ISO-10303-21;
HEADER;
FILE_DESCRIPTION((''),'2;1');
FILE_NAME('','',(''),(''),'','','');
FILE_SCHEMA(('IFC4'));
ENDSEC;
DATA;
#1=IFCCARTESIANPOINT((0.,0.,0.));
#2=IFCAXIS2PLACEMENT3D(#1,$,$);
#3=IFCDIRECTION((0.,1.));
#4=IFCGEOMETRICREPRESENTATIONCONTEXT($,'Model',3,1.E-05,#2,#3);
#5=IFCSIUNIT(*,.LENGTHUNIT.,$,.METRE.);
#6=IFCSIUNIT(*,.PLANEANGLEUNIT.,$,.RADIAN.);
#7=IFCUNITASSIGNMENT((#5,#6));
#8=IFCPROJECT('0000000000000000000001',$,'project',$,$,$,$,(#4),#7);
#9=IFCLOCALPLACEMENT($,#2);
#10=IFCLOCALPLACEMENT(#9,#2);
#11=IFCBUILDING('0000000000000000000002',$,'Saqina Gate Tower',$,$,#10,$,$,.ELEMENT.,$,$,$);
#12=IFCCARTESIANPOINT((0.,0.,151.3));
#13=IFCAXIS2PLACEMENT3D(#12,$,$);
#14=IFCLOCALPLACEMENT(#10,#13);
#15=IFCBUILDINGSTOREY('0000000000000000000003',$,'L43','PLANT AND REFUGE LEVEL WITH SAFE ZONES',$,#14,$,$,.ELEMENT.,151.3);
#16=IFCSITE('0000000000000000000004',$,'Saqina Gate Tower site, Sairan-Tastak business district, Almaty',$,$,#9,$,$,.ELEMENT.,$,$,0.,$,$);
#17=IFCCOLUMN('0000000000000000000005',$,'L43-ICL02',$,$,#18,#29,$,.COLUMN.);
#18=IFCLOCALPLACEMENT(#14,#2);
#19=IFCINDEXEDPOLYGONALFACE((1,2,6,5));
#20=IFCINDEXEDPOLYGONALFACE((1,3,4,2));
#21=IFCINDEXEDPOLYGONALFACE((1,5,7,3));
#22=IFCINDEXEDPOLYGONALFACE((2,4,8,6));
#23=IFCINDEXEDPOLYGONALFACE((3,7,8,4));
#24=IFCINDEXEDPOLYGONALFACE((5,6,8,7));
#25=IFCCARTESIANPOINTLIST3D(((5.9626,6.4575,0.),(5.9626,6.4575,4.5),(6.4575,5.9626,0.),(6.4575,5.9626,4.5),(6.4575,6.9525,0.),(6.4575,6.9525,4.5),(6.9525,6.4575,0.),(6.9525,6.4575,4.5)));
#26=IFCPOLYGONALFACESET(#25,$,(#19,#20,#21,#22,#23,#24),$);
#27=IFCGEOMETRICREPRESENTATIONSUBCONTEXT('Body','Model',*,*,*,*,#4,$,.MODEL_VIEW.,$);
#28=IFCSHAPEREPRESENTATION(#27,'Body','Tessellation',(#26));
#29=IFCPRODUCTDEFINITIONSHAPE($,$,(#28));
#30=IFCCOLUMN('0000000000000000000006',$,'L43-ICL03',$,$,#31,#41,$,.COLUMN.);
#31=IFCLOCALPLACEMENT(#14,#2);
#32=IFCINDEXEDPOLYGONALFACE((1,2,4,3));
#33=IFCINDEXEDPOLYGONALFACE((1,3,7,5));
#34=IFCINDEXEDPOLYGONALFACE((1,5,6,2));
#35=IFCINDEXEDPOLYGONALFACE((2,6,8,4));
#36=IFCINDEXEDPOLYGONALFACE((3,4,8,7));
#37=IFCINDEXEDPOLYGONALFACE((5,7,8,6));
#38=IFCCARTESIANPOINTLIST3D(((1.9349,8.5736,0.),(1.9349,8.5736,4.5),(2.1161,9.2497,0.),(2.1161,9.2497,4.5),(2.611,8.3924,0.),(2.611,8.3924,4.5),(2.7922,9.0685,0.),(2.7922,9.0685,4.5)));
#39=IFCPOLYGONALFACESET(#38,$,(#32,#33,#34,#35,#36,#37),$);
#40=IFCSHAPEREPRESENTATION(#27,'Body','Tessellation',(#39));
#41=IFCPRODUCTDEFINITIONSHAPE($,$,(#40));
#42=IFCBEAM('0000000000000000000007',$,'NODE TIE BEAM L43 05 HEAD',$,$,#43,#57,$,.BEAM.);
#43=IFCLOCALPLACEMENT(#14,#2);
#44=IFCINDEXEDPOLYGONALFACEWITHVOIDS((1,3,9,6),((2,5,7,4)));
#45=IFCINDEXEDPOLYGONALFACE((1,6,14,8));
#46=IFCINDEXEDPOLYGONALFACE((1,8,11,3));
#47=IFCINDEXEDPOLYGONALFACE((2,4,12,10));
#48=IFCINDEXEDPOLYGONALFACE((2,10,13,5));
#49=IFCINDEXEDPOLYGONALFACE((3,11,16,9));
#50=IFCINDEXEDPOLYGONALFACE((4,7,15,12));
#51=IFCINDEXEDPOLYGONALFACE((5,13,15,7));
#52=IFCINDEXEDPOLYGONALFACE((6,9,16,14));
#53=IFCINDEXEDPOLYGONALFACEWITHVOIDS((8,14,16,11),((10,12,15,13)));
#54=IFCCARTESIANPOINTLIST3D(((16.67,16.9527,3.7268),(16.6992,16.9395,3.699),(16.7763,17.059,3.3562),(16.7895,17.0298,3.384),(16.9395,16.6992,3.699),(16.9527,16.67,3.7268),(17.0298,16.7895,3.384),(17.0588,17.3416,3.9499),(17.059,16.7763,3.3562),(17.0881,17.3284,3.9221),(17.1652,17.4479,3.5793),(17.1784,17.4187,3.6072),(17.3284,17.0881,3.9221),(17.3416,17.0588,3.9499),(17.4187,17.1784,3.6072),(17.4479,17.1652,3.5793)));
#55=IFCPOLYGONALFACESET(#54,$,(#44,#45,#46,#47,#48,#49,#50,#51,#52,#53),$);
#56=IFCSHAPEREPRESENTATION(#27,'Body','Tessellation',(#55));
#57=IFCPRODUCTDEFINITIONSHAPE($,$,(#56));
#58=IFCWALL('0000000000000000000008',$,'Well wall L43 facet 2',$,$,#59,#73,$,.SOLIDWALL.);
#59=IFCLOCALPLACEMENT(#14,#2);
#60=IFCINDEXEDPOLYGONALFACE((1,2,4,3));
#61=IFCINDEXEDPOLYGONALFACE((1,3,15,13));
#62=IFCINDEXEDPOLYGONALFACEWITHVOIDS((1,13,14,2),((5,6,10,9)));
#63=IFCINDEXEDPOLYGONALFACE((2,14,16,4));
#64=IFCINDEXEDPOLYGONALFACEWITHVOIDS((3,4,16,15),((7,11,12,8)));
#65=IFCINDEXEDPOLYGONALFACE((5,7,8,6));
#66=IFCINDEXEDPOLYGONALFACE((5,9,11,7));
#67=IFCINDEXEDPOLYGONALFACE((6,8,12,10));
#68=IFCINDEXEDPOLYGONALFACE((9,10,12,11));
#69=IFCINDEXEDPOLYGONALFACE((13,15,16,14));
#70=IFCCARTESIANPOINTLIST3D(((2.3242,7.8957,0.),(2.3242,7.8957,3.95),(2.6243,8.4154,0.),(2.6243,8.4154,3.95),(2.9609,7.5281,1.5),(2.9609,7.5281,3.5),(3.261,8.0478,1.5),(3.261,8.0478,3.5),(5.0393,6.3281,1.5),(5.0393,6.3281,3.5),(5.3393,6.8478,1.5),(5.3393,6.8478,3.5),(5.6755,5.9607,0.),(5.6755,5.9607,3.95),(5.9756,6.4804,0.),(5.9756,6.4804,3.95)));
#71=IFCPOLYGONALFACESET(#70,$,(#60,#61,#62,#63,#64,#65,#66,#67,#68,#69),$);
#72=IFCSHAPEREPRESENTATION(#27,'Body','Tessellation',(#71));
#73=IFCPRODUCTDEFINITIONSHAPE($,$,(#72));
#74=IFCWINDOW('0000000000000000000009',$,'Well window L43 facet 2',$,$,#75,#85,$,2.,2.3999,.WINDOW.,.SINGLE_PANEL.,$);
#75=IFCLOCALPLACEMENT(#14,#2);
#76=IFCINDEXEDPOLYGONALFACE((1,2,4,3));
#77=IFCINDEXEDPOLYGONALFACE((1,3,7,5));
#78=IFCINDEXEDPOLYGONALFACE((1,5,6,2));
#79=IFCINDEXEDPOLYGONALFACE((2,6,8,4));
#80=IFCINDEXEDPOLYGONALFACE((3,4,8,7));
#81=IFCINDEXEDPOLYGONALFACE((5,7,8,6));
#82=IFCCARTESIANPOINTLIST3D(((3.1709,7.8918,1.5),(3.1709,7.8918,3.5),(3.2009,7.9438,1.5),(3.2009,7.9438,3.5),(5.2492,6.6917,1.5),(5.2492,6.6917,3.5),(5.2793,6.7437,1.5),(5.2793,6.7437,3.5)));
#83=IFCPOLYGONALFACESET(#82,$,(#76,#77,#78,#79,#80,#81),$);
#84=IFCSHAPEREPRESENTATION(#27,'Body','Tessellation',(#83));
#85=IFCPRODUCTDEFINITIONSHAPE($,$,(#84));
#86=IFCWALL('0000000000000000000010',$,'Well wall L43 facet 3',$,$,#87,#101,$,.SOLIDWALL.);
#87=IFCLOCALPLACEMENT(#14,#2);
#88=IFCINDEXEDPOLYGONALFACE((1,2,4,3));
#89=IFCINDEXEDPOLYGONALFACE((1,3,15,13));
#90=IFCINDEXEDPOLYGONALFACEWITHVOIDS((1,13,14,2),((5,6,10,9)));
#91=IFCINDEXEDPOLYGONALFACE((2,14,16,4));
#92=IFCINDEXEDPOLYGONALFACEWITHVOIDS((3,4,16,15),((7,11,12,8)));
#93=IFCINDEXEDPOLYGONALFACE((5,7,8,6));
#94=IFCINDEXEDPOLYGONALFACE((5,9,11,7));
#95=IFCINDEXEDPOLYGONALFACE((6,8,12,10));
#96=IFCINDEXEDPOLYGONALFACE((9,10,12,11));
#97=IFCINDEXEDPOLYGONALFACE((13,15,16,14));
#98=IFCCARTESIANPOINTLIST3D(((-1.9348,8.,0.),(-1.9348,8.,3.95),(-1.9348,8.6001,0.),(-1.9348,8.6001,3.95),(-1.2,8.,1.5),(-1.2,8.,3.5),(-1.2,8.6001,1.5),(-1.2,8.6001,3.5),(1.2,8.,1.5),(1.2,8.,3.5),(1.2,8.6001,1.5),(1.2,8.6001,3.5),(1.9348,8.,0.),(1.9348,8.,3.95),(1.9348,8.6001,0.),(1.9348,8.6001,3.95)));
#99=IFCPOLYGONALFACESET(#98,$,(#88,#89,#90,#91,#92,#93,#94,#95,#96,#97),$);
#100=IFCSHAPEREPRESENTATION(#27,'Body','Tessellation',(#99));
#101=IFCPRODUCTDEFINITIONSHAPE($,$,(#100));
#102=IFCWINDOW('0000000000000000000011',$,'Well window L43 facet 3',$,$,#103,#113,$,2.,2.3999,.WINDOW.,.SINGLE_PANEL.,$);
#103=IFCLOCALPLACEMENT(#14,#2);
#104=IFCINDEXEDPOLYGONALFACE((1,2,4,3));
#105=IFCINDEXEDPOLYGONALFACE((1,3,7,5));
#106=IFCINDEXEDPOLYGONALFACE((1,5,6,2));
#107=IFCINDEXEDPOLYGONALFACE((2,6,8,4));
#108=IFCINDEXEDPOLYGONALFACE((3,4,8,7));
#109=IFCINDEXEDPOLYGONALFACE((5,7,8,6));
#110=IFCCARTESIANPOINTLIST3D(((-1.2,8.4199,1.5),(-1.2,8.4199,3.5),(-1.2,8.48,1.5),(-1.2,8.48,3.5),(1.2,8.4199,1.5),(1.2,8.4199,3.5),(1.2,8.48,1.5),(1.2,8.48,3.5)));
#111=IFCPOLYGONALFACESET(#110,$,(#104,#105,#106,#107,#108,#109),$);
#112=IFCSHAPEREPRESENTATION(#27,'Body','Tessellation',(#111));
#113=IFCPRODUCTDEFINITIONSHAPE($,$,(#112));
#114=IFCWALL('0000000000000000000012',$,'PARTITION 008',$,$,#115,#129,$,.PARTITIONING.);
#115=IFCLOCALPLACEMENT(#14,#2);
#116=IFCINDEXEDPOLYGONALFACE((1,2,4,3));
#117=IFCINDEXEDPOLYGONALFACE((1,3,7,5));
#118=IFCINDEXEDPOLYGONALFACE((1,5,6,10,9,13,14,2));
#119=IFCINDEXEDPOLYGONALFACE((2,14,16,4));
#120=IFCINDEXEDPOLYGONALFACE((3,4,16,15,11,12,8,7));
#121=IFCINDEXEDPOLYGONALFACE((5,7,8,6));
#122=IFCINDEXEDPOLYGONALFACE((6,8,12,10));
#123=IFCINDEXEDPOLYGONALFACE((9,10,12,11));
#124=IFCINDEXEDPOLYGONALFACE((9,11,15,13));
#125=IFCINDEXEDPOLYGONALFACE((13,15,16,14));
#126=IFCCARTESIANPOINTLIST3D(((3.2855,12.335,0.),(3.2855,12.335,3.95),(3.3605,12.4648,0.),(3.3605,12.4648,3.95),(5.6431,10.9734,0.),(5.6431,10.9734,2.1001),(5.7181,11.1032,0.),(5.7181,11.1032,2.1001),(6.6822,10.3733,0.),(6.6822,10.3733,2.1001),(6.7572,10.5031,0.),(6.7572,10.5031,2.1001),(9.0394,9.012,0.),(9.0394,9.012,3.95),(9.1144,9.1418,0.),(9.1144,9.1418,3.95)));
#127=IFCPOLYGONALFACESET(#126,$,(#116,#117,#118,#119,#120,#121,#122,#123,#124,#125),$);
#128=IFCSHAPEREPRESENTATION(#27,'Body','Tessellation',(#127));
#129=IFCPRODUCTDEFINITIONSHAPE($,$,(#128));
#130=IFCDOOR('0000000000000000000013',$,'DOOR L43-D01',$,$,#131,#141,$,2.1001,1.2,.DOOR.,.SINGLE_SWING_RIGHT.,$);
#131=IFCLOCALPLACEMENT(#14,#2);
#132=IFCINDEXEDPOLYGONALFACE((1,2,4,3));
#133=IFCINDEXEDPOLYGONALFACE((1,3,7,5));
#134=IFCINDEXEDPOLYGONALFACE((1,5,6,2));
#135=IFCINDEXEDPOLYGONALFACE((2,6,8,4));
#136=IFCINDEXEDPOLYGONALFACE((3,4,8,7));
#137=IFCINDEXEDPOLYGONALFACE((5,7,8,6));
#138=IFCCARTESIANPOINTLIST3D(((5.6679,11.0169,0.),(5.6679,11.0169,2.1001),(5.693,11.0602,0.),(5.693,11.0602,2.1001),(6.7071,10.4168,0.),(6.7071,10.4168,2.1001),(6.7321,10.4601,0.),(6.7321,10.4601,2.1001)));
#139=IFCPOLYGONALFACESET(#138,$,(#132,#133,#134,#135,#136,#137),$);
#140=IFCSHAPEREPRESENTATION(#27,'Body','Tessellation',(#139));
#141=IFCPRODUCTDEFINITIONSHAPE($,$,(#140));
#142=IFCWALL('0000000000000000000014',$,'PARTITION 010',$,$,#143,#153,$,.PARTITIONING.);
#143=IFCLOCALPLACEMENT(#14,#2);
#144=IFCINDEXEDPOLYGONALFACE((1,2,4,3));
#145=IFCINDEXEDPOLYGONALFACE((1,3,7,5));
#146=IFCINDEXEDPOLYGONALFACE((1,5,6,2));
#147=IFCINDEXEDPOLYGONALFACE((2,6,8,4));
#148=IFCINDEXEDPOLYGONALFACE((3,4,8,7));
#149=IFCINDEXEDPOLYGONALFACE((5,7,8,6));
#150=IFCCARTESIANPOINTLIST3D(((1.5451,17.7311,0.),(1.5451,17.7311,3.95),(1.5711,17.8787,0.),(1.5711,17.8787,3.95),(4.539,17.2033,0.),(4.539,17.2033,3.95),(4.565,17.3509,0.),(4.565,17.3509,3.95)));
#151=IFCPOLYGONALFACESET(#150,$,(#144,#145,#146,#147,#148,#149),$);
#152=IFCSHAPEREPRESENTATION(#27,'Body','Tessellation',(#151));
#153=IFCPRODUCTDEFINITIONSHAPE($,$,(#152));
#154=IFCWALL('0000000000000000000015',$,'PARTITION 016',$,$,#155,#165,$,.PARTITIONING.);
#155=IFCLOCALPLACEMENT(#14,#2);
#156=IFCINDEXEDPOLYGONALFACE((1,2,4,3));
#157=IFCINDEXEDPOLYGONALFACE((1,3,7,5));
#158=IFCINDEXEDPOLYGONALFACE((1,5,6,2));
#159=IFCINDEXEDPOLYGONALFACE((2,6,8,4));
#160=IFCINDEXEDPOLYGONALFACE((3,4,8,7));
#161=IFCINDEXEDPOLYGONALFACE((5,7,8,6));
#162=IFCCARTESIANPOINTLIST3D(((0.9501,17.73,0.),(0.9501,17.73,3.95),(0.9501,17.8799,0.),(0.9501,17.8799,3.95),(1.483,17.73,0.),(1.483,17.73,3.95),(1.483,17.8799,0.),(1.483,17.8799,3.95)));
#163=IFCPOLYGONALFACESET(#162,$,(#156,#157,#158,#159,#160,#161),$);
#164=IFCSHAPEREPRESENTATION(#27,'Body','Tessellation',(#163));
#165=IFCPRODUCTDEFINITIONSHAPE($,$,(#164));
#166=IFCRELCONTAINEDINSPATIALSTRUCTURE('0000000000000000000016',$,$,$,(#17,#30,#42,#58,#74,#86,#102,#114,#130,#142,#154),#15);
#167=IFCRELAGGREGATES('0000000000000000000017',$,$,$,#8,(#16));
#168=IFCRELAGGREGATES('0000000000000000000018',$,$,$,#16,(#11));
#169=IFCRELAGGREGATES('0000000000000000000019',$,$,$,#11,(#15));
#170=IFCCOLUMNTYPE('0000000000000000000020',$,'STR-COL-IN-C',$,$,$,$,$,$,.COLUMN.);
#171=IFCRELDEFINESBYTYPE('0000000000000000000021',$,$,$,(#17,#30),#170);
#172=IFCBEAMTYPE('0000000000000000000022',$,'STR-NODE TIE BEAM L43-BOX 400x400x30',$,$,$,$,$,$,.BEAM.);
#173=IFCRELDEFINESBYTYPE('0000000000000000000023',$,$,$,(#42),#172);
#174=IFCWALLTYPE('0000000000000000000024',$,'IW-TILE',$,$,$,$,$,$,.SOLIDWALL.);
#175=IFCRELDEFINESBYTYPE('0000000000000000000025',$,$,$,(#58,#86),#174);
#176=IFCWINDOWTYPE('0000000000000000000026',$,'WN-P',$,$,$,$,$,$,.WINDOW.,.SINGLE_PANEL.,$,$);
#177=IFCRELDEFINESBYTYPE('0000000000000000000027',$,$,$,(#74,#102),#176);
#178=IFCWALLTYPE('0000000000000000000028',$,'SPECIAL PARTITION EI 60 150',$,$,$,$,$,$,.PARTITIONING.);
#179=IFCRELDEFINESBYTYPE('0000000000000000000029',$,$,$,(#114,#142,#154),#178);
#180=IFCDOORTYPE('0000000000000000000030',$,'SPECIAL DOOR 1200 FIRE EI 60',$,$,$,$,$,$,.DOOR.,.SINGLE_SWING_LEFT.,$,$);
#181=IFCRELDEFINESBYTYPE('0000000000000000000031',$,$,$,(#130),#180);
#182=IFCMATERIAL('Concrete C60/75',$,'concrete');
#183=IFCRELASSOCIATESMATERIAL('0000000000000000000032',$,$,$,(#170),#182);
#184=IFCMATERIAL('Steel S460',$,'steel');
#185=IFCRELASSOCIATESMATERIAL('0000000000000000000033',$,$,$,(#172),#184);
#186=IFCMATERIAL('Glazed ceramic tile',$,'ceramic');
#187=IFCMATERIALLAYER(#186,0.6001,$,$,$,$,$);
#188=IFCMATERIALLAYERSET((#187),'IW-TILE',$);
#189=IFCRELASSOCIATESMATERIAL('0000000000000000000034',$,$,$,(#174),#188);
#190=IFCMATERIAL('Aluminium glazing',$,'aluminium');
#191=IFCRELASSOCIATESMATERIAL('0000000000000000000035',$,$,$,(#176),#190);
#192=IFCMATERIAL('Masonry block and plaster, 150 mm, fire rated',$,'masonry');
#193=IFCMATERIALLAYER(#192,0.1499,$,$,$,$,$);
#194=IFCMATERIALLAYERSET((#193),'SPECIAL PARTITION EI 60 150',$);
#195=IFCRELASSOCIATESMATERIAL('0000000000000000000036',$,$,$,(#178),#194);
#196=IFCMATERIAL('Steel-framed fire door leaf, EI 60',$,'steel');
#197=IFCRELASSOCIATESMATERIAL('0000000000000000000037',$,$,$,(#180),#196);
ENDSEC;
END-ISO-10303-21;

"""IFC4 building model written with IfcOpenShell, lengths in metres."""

from ifc_helpers import new_model, si_unit, direction, frame, frame_2d, origin, origin_2d, place, context, subcontext, project, spatial, rectangle, hollow_rectangle, extrude, material, layer, layer_set, material_profile, profile_set, type_object, element, fill, save


model = new_model("IFC4")

# Units and contexts
model_context = context("Model", 3, precision=1e-05, world=origin(), true_north=direction((0.0, 1.0)))
body_context = subcontext(model_context, "Body", "Model", "MODEL_VIEW")
ifc_project = project(units=[si_unit("LENGTHUNIT", "METRE"), si_unit("PLANEANGLEUNIT", "RADIAN")], contexts=[model_context])

# Site, building, storey
site_placement = place(None, origin())
site = spatial("IfcSite", under=ifc_project, at=site_placement, Name="Saqina Gate Tower site, Sairan-Tastak business district, Almaty", CompositionType="ELEMENT", RefElevation=0.0)
building_placement = place(site_placement, origin())
building = spatial("IfcBuilding", under=site, at=building_placement, Name="Saqina Gate Tower", CompositionType="ELEMENT")
storey_placement = place(building_placement, frame((0.0, 0.0, 151.3)))
storey = spatial("IfcBuildingStorey", under=building, at=storey_placement, Name="L43", Description="PLANT AND REFUGE LEVEL WITH SAFE ZONES", CompositionType="ELEMENT", Elevation=151.3)

# Columns
ifc_material_1 = material(Name="Concrete C60/75", Category="concrete")
ifc_material_profile_1 = material_profile(ifc_material_1, rectangle(XDim=0.7, YDim=0.7, at=origin_2d()), Name="RC 700x700")
ifc_profile_set_1 = profile_set([ifc_material_profile_1], Name="Concrete C60/75")
column_type = type_object("IfcColumnType", Name="STR-COL-IN-C", PredefinedType="COLUMN", material=ifc_profile_set_1)
for number, where, z_axis, x_axis, name in (
    (1, (6.4575, 6.4575, 0.0), (0.0, 0.0, 1.0), (0.707107, 0.707107, 0.0), "L43-ICL02"),
    (2, (2.3635, 8.821, 0.0), (0.0, 0.0, 1.0), (0.258819, 0.965926, 0.0), "L43-ICL03"),
):
    element("IfcColumn", number, at=place(storey_placement, frame(where, z_axis=z_axis, x_axis=x_axis)), inside=storey, type_object=column_type, Name=name, PredefinedType="COLUMN", context=body_context, shape_type="SweptSolid", body=[
        extrude(rectangle(XDim=0.7, YDim=0.7, at=origin_2d()), origin(), (0.0, 0.0, 1.0), 4.5),
    ])

# Beam
ifc_material_2 = material(Name="Steel S460", Category="steel")
ifc_material_profile_2 = material_profile(ifc_material_2, hollow_rectangle(XDim=0.3999, YDim=0.3999, WallThickness=0.03, at=origin_2d()), Name="BOX 400x400x30")
ifc_profile_set_2 = profile_set([ifc_material_profile_2], Name="Steel S460")
beam_type = type_object("IfcBeamType", Name="STR-NODE TIE BEAM L43-BOX 400x400x30", PredefinedType="BEAM", material=ifc_profile_set_2)
beam_placement = place(storey_placement, frame((16.8645, 16.8645, 3.5415), z_axis=(0.655234, 0.655234, 0.375947), x_axis=(-0.707107, 0.707107, 0.0)))
element("IfcBeam", 3, at=beam_placement, inside=storey, type_object=beam_type, Name="NODE TIE BEAM L43 05 HEAD", PredefinedType="BEAM", context=body_context, shape_type="SweptSolid", body=[
    extrude(hollow_rectangle(XDim=0.3999, YDim=0.3999, WallThickness=0.03, at=origin_2d()), origin(), (0.0, 0.0, 1.0), 0.5935),
])

# Walls, openings, windows
ifc_material_3 = material(Name="Glazed ceramic tile", Category="ceramic")
ifc_layer_1 = layer(ifc_material_3, 0.6001)
ifc_layer_set_1 = layer_set([ifc_layer_1], Name="IW-TILE")
wall_type_1 = type_object("IfcWallType", Name="IW-TILE", PredefinedType="SOLIDWALL", material=ifc_layer_set_1)
wall_1_placement = place(storey_placement, frame((5.8257, 6.2205, 0.0), z_axis=(0.0, 0.0, 1.0), x_axis=(-0.866006, 0.500034, 0.0)))
wall_1 = element("IfcWall", 4, at=wall_1_placement, inside=storey, type_object=wall_type_1, Name="Well wall L43 facet 2", PredefinedType="SOLIDWALL", context=body_context, shape_type="SweptSolid", body=[
    extrude(rectangle(XDim=3.8699, YDim=0.6001, at=frame_2d((1.9351, 0.0))), origin(), (0.0, 0.0, 1.0), 3.95),
])
opening_1_placement = place(wall_1_placement, frame((0.7349, 0.0, 1.5)))
opening_1 = element("IfcOpeningElement", 5, at=opening_1_placement, cuts=wall_1, PredefinedType="OPENING", context=body_context, shape_type="SweptSolid", body=[
    extrude(rectangle(XDim=2.3999, YDim=2.0, at=frame_2d((1.2, 1.0))), frame((0.0, 0.312, 0.0), z_axis=(0.0, -1.0, 0.0), x_axis=(1.0, 0.0, 0.0)), (0.0, 0.0, 1.0), 0.624),
])
ifc_material_4 = material(Name="Aluminium glazing", Category="aluminium")
window_type = type_object("IfcWindowType", Name="WN-P", PartitioningType="SINGLE_PANEL", PredefinedType="WINDOW", material=ifc_material_4)
window_1_placement = place(opening_1_placement, origin())
window_1 = element("IfcWindow", 6, at=window_1_placement, inside=storey, type_object=window_type, Name="Well window L43 facet 2", OverallHeight=2.0, OverallWidth=2.3999, PartitioningType="SINGLE_PANEL", PredefinedType="WINDOW", context=body_context, shape_type="SweptSolid", body=[
    extrude(rectangle(XDim=2.3999, YDim=2.0, at=frame_2d((1.2, 1.0))), frame((0.0, -0.1199, 0.0), z_axis=(0.0, -1.0, 0.0), x_axis=(1.0, 0.0, 0.0)), (0.0, 0.0, 1.0), 0.0601),
])
fill(opening_1, window_1)
wall_2_placement = place(storey_placement, frame((1.9348, 8.3, 0.0), z_axis=(0.0, 0.0, 1.0), x_axis=(-1.0, 0.0, 0.0)))
wall_2 = element("IfcWall", 7, at=wall_2_placement, inside=storey, type_object=wall_type_1, Name="Well wall L43 facet 3", PredefinedType="SOLIDWALL", context=body_context, shape_type="SweptSolid", body=[
    extrude(rectangle(XDim=3.8696, YDim=0.6001, at=frame_2d((1.9348, 0.0))), origin(), (0.0, 0.0, 1.0), 3.95),
])
opening_2_placement = place(wall_2_placement, frame((0.7349, 0.0, 1.5)))
opening_2 = element("IfcOpeningElement", 8, at=opening_2_placement, cuts=wall_2, PredefinedType="OPENING", context=body_context, shape_type="SweptSolid", body=[
    extrude(rectangle(XDim=2.3999, YDim=2.0, at=frame_2d((1.2, 1.0))), frame((0.0, 0.312, 0.0), z_axis=(0.0, -1.0, 0.0), x_axis=(1.0, 0.0, 0.0)), (0.0, 0.0, 1.0), 0.624),
])
window_2_placement = place(opening_2_placement, origin())
window_2 = element("IfcWindow", 9, at=window_2_placement, inside=storey, type_object=window_type, Name="Well window L43 facet 3", OverallHeight=2.0, OverallWidth=2.3999, PartitioningType="SINGLE_PANEL", PredefinedType="WINDOW", context=body_context, shape_type="SweptSolid", body=[
    extrude(rectangle(XDim=2.3999, YDim=2.0, at=frame_2d((1.2, 1.0))), frame((0.0, -0.1199, 0.0), z_axis=(0.0, -1.0, 0.0), x_axis=(1.0, 0.0, 0.0)), (0.0, 0.0, 1.0), 0.0601),
])
fill(opening_2, window_2)

# Wall, opening, door
ifc_material_5 = material(Name="Masonry block and plaster, 150 mm, fire rated", Category="masonry")
ifc_layer_2 = layer(ifc_material_5, 0.1499)
ifc_layer_set_2 = layer_set([ifc_layer_2], Name="SPECIAL PARTITION EI 60 150")
wall_type_2 = type_object("IfcWallType", Name="SPECIAL PARTITION EI 60 150", PredefinedType="PARTITIONING", material=ifc_layer_set_2)
wall_3_placement = place(storey_placement, frame((3.323, 12.3999, 0.0), z_axis=(0.0, 0.0, 1.0), x_axis=(0.865962, -0.50011, 0.0)))
wall_3 = element("IfcWall", 10, at=wall_3_placement, inside=storey, type_object=wall_type_2, Name="PARTITION 008", PredefinedType="PARTITIONING", context=body_context, shape_type="SweptSolid", body=[
    extrude(rectangle(XDim=6.6445, YDim=0.1499, at=frame_2d((3.3223, 0.0))), origin(), (0.0, 0.0, 1.0), 3.95),
])
opening_3_placement = place(wall_3_placement, frame((2.7224, 0.0, 0.0)))
opening_3 = element("IfcOpeningElement", 11, at=opening_3_placement, cuts=wall_3, PredefinedType="OPENING", context=body_context, shape_type="SweptSolid", body=[
    extrude(rectangle(XDim=1.2, YDim=2.1001, at=frame_2d((0.6001, 1.05))), frame((0.0, 0.0869, 0.0), z_axis=(0.0, -1.0, 0.0), x_axis=(1.0, 0.0, 0.0)), (0.0, 0.0, 1.0), 0.1738),
])
ifc_material_6 = material(Name="Steel-framed fire door leaf, EI 60", Category="steel")
door_type = type_object("IfcDoorType", Name="SPECIAL DOOR 1200 FIRE EI 60", OperationType="SINGLE_SWING_LEFT", PredefinedType="DOOR", material=ifc_material_6)
door_placement = place(opening_3_placement, frame((1.2, 0.0, 0.0), z_axis=(0.0, 0.0, 1.0), x_axis=(-1.0, 0.0, 0.0)))
door = element("IfcDoor", 12, at=door_placement, inside=storey, type_object=door_type, Name="DOOR L43-D01", OperationType="SINGLE_SWING_RIGHT", OverallHeight=2.1001, OverallWidth=1.2, PredefinedType="DOOR", context=body_context, shape_type="SweptSolid", body=[
    extrude(rectangle(XDim=1.2, YDim=2.1001, at=frame_2d((0.6001, 1.05))), frame((0.0, 0.0249, 0.0), z_axis=(0.0, -1.0, 0.0), x_axis=(1.0, 0.0, 0.0)), (0.0, 0.0, 1.0), 0.05),
])
fill(opening_3, door)

# Walls
wall_4_placement = place(storey_placement, frame((1.5581, 17.8049, 0.0), z_axis=(0.0, 0.0, 1.0), x_axis=(0.984812, -0.173625, 0.0)))
element("IfcWall", 13, at=wall_4_placement, inside=storey, type_object=wall_type_2, Name="PARTITION 010", PredefinedType="PARTITIONING", context=body_context, shape_type="SweptSolid", body=[
    extrude(rectangle(XDim=3.04, YDim=0.1499, at=frame_2d((1.52, 0.0))), origin(), (0.0, 0.0, 1.0), 3.95),
])
wall_5_placement = place(storey_placement, frame((0.95, 17.8049, 0.0), z_axis=(0.0, 0.0, 1.0), x_axis=(1.0, 0.0, 0.0)))
element("IfcWall", 14, at=wall_5_placement, inside=storey, type_object=wall_type_2, Name="PARTITION 016", PredefinedType="PARTITIONING", context=body_context, shape_type="SweptSolid", body=[
    extrude(rectangle(XDim=0.533, YDim=0.1499, at=frame_2d((0.2666, 0.0))), origin(), (0.0, 0.0, 1.0), 3.95),
])

save(model, "model.ifc")
